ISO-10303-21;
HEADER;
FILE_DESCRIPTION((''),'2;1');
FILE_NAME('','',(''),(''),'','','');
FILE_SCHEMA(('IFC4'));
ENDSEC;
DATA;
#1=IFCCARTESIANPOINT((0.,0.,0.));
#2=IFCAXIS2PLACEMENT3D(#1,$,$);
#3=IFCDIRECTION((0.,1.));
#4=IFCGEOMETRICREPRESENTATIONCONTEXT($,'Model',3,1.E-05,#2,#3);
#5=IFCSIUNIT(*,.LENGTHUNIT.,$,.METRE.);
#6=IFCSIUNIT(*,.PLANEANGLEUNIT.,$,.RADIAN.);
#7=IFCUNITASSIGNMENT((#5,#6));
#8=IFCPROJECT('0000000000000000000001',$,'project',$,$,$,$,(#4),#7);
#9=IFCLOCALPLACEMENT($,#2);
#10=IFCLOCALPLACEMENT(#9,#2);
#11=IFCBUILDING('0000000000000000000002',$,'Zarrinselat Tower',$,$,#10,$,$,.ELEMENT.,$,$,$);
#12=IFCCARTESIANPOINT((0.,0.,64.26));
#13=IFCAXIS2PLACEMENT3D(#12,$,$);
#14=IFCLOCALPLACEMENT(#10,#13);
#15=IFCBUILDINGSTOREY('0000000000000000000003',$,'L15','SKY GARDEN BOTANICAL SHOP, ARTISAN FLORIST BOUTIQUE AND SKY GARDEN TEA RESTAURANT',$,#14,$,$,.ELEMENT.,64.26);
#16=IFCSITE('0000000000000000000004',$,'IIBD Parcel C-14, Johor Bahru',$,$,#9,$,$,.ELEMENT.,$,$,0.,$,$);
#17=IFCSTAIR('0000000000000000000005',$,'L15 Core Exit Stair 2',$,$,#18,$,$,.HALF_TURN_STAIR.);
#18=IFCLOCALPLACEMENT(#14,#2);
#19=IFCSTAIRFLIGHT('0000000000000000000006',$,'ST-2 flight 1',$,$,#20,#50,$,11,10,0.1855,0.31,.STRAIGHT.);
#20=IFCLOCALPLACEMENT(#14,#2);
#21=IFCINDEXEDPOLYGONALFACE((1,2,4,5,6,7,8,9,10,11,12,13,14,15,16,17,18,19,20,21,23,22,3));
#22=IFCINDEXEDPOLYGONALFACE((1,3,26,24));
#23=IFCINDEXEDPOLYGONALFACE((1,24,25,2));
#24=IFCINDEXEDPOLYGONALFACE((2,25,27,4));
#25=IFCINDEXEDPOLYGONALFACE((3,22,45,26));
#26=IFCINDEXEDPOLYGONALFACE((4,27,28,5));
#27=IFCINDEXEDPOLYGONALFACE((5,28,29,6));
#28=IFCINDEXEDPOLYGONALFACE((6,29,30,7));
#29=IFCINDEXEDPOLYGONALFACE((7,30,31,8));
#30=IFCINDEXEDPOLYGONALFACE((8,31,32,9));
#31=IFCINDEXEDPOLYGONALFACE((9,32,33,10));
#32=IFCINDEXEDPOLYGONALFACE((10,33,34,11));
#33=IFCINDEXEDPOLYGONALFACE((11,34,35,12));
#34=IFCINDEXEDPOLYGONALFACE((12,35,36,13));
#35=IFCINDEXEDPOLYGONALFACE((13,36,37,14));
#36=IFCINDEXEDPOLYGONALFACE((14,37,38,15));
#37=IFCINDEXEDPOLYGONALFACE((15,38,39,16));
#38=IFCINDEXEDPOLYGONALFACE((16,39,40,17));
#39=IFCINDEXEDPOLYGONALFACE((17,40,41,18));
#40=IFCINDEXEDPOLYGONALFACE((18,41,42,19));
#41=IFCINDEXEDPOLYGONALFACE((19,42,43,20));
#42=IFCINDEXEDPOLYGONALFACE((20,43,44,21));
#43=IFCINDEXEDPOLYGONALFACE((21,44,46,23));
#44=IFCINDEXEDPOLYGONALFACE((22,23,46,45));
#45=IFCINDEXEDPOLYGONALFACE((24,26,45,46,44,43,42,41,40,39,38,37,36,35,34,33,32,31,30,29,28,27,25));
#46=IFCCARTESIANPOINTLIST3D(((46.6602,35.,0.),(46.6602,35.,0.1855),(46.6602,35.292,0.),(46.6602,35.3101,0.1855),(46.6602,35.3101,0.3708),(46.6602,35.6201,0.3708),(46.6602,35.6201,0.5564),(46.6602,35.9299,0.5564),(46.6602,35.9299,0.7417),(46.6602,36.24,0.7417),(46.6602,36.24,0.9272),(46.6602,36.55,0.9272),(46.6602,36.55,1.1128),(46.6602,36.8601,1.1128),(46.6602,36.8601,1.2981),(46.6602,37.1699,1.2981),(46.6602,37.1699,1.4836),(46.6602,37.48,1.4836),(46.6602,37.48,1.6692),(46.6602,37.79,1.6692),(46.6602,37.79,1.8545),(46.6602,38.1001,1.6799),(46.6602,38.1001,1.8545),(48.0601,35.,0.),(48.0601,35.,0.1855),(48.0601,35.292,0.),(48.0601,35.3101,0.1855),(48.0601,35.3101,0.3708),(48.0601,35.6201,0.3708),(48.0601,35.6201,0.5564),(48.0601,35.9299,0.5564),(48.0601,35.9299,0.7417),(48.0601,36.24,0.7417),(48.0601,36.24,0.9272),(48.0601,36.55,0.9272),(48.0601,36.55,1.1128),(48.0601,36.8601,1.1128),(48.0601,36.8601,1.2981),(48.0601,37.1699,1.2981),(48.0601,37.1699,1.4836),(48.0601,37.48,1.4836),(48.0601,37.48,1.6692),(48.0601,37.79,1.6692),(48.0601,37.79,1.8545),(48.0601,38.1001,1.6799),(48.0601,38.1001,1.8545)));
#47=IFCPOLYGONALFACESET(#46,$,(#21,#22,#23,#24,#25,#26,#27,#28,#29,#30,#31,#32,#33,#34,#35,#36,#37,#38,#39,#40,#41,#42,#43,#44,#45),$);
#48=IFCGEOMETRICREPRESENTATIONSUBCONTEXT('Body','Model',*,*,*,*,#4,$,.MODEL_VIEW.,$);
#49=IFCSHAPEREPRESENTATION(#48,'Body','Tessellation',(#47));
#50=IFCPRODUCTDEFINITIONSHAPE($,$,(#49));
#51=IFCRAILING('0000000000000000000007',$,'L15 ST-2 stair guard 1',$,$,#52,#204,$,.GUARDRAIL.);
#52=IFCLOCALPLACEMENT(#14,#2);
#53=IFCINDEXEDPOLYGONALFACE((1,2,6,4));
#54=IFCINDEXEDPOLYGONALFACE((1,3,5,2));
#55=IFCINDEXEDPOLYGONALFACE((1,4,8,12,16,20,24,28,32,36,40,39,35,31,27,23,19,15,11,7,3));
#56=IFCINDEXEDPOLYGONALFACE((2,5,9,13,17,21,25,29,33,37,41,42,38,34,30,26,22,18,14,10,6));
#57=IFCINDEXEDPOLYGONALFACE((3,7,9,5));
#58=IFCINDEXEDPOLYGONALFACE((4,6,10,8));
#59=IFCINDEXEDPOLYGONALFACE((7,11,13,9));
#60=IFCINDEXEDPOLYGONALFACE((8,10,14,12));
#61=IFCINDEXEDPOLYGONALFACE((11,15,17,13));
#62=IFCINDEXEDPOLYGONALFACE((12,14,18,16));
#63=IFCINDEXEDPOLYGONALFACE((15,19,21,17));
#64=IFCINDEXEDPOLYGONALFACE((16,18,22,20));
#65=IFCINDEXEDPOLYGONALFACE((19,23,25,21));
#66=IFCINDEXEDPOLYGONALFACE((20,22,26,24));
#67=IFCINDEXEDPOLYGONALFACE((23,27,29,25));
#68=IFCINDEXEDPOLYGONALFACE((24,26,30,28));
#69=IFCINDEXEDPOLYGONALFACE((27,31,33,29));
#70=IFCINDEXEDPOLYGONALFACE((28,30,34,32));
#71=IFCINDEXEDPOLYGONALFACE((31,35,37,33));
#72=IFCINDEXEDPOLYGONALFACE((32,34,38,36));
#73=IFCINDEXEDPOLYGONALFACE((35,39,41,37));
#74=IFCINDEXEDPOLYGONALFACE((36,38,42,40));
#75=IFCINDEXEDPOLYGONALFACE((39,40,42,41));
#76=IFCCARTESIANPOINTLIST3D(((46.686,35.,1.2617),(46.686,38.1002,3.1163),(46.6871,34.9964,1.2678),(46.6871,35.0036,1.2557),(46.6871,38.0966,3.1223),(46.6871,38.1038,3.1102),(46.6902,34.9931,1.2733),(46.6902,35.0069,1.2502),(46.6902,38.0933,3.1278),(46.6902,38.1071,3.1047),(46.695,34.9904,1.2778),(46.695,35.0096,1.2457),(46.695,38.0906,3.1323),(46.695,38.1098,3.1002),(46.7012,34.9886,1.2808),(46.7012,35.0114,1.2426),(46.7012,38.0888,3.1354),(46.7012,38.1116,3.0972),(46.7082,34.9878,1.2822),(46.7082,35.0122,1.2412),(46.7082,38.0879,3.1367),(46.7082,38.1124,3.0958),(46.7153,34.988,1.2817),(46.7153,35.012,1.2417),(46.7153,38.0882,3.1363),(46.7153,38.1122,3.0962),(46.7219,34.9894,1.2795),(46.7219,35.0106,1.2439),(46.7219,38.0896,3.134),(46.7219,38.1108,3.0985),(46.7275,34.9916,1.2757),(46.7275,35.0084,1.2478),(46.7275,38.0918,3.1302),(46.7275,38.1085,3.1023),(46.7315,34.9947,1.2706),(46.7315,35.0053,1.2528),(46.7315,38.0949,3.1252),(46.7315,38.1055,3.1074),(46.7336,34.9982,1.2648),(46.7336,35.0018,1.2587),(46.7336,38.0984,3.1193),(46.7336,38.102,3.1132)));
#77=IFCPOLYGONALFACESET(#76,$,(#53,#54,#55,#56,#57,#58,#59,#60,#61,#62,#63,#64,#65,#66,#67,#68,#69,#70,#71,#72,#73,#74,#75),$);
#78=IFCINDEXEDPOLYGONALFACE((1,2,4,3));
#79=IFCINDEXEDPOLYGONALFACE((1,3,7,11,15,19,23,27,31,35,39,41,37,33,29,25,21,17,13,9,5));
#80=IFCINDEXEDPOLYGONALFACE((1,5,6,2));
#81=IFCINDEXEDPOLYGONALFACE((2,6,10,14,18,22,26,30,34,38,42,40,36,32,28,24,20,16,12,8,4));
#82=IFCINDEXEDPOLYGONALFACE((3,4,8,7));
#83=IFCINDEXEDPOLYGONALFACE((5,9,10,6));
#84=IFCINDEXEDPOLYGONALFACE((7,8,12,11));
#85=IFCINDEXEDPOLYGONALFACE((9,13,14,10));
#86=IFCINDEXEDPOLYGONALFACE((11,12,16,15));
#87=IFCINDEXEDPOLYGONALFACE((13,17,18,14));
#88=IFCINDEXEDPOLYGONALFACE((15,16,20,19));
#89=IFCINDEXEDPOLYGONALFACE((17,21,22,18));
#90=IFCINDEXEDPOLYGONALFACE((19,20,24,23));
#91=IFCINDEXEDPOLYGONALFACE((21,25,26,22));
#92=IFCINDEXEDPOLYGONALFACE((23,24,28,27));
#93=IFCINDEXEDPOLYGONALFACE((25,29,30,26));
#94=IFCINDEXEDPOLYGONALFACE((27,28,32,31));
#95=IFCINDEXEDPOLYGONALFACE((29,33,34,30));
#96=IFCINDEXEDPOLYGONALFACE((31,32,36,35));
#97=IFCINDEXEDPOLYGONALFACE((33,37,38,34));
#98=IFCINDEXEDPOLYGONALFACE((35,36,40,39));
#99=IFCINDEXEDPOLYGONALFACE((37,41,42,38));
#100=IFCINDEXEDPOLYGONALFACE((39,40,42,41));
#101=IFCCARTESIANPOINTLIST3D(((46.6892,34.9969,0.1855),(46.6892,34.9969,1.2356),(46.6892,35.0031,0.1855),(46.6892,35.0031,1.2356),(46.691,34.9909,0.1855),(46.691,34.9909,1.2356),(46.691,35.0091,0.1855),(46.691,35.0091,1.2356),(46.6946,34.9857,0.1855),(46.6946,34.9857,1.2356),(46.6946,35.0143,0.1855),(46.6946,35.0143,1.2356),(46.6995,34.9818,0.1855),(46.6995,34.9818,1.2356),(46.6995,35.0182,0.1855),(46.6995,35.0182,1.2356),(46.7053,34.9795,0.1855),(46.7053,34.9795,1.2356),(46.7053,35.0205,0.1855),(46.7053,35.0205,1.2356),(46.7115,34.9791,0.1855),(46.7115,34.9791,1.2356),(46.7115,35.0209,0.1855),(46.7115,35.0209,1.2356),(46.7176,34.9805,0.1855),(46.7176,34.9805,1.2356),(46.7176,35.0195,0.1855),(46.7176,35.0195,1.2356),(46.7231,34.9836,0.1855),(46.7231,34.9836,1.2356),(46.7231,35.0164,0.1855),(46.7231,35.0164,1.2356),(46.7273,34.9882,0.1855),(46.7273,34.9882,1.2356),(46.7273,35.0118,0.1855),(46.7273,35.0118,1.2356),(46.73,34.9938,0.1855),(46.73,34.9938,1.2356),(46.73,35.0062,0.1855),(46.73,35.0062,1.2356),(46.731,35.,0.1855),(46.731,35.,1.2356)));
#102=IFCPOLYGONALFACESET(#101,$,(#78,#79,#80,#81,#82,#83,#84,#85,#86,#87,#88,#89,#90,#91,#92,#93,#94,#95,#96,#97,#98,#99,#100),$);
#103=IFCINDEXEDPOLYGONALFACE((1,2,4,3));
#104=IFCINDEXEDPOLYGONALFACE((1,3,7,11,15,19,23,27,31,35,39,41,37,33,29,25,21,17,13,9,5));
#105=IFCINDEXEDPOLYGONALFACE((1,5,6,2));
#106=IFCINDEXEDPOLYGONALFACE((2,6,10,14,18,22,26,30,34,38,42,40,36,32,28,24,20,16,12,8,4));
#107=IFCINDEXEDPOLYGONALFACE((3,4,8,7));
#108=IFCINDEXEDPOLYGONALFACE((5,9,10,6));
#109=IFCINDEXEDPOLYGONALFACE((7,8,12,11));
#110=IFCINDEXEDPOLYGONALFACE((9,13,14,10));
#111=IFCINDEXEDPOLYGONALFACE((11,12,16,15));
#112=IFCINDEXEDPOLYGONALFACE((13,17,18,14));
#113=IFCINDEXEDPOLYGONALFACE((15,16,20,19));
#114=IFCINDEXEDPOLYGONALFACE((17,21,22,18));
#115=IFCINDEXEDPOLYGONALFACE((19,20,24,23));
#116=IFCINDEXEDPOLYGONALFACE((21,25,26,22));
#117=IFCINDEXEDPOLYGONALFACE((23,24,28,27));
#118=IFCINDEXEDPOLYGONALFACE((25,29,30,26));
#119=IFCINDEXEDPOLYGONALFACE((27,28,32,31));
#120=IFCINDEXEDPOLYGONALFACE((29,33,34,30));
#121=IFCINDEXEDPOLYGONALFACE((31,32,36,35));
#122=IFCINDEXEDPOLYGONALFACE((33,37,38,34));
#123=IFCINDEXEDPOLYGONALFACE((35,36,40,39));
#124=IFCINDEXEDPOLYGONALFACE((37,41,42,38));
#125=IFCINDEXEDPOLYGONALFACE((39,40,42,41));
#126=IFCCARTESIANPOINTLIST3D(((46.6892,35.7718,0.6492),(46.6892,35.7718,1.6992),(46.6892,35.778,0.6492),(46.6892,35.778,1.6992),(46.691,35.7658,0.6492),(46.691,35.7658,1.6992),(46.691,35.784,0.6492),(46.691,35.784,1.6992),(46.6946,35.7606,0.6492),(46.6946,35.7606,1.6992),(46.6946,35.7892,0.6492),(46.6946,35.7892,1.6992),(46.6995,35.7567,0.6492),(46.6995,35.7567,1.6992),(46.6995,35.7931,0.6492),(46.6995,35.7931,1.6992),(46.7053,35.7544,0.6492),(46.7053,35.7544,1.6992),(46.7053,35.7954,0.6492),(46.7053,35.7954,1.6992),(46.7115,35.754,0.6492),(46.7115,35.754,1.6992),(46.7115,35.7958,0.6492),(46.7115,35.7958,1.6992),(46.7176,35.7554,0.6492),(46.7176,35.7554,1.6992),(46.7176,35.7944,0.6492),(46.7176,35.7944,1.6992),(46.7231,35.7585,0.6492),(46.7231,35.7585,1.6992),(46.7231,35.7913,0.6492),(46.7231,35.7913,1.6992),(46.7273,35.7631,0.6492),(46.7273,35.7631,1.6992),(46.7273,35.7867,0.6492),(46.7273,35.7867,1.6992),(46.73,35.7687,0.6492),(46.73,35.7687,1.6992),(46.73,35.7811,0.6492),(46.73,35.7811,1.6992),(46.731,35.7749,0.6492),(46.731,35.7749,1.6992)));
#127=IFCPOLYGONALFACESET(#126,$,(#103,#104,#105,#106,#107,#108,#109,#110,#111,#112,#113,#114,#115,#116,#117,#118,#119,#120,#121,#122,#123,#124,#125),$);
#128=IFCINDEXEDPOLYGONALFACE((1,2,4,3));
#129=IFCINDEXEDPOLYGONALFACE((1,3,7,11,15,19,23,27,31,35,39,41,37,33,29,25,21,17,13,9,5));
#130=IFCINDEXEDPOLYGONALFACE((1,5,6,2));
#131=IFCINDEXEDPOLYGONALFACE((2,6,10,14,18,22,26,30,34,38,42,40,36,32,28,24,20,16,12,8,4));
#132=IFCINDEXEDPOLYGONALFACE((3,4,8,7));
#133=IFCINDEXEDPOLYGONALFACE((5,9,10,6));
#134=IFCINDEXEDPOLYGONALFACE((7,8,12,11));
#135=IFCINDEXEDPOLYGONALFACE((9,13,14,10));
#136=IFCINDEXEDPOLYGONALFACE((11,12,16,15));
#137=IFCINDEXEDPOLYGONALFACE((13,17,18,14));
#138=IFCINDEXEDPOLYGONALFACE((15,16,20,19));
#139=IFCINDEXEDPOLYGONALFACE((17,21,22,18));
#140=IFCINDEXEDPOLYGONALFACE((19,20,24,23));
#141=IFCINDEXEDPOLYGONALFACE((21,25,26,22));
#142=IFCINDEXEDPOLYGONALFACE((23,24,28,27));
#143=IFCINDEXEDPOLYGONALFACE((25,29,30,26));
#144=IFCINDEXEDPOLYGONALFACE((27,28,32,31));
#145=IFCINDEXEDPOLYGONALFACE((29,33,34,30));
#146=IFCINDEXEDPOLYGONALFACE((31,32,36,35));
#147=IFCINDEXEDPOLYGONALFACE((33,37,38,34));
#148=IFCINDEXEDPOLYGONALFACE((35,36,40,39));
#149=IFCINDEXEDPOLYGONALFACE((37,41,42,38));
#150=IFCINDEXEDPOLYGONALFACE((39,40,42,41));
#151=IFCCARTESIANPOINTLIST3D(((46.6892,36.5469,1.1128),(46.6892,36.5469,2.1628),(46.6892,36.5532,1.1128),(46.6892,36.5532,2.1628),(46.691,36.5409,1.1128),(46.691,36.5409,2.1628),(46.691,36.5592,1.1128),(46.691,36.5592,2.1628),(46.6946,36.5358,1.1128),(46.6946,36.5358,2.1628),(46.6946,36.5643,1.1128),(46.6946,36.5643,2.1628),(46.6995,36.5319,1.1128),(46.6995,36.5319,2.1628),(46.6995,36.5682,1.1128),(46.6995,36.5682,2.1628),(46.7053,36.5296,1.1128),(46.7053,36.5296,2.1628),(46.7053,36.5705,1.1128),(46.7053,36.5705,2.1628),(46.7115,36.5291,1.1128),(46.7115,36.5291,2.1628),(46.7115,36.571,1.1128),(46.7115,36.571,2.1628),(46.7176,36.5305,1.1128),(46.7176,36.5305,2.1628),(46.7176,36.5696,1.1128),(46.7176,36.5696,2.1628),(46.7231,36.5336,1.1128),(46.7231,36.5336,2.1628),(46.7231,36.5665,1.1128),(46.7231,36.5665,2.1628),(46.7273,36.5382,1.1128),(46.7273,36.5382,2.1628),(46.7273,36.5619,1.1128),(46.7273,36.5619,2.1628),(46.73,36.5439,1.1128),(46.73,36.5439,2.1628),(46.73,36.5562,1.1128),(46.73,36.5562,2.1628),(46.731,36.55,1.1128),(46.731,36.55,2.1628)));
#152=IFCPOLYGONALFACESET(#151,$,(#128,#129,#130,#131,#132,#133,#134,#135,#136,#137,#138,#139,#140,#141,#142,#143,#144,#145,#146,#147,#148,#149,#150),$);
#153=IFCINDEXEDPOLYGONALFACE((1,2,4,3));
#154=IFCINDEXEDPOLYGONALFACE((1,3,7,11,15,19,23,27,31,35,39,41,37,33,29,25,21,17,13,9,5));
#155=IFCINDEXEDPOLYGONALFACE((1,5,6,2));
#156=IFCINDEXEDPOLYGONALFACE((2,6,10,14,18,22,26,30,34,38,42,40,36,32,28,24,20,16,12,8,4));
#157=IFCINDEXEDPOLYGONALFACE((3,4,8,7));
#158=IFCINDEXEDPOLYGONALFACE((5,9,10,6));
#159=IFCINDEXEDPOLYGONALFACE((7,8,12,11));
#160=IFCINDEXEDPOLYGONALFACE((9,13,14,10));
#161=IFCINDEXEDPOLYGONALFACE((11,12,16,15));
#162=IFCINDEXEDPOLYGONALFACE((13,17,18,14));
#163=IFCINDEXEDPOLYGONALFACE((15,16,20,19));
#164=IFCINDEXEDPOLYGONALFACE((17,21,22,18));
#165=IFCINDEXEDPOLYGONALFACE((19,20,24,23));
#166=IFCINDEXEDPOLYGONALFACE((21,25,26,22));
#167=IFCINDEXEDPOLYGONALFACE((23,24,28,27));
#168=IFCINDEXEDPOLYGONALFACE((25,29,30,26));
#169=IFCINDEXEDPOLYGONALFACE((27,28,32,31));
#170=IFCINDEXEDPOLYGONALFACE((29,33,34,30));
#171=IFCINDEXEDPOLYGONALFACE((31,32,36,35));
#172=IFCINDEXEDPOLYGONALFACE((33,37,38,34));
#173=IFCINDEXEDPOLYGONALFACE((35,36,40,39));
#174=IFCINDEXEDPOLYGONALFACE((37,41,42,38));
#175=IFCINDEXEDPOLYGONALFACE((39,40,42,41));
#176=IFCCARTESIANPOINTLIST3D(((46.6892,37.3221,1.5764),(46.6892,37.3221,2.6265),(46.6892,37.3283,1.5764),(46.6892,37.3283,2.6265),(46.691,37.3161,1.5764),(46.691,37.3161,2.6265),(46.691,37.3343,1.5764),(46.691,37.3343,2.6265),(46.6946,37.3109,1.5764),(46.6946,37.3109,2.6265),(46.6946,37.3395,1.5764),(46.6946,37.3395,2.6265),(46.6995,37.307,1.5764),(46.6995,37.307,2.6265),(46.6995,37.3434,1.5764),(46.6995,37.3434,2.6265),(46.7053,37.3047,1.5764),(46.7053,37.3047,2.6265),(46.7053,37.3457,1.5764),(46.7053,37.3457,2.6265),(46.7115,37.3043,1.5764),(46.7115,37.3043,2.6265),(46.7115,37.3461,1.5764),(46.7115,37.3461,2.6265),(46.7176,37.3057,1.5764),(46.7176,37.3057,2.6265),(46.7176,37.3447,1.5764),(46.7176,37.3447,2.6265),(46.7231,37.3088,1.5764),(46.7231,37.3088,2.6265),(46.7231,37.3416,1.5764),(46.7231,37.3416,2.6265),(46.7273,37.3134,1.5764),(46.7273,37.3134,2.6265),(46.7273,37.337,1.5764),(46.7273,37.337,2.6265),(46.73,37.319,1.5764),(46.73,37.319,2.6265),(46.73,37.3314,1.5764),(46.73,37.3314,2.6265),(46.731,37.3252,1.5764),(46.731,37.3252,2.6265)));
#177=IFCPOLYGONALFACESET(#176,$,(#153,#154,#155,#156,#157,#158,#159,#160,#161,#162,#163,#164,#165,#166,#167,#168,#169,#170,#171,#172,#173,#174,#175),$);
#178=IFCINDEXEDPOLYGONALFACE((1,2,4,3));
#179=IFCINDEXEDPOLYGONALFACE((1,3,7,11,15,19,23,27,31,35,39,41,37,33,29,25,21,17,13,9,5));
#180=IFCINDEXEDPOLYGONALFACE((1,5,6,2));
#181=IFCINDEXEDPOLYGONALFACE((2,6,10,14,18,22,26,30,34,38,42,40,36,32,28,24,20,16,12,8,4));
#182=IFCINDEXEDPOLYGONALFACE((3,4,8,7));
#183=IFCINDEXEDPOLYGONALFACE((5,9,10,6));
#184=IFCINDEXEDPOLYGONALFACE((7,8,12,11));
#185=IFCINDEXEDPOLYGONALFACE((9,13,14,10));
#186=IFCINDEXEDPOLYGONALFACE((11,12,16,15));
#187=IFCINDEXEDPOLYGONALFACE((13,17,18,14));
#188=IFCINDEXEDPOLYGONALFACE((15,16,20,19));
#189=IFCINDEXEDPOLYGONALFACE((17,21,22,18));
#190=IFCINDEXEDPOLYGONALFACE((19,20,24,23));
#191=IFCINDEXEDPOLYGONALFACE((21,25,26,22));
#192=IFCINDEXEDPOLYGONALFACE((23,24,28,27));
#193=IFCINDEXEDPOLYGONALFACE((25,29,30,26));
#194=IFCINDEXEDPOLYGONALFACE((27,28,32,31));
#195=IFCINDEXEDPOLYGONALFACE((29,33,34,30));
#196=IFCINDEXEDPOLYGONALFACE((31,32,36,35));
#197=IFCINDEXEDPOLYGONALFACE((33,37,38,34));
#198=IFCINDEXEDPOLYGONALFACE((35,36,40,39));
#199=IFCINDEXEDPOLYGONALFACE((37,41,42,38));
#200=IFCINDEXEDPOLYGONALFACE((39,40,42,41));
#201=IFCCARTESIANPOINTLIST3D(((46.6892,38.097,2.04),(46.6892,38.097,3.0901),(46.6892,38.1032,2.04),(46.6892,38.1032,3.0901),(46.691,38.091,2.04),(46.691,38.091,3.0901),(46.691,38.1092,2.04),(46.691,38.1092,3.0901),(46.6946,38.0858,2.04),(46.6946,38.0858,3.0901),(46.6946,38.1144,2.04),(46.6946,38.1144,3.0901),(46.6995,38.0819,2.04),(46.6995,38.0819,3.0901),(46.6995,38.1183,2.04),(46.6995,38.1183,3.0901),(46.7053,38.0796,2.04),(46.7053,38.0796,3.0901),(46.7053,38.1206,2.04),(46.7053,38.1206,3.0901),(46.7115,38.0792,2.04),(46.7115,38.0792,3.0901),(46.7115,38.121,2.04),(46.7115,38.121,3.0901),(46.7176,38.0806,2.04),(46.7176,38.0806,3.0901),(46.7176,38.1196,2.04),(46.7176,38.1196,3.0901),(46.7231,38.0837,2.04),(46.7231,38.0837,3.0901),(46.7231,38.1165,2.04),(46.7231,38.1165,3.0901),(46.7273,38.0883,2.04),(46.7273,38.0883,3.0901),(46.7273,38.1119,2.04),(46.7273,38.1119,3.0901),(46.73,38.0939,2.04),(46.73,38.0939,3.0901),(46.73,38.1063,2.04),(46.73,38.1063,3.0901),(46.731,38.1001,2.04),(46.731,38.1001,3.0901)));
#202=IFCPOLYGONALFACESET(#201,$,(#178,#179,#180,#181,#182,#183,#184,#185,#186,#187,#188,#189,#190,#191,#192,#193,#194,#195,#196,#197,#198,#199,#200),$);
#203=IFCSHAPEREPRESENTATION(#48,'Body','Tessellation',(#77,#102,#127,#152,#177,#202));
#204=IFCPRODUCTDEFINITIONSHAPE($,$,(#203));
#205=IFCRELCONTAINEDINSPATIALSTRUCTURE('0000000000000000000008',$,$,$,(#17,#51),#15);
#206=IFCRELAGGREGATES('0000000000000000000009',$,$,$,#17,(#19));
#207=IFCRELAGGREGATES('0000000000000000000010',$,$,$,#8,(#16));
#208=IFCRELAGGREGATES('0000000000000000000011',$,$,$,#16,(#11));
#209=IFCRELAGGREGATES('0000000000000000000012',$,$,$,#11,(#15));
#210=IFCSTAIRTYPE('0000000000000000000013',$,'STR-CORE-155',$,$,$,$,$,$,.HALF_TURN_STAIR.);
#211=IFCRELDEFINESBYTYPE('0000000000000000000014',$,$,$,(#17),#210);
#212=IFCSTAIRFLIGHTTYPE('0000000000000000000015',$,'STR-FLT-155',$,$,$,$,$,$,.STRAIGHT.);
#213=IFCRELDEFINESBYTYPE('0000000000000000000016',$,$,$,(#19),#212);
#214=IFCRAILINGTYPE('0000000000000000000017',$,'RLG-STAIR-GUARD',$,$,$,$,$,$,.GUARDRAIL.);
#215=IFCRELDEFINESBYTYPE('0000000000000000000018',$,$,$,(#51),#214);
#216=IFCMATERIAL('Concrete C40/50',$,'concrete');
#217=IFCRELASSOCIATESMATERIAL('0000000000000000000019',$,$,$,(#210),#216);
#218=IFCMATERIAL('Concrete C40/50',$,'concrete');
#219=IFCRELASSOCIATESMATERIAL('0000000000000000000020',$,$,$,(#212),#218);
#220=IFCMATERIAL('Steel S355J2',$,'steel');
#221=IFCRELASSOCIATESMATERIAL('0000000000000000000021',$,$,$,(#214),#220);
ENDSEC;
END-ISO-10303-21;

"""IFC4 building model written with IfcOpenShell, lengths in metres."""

from ifc_helpers import new_model, si_unit, direction, frame, origin, origin_2d, place, context, subcontext, project, spatial, polyline, circle, outline, extrude, material, type_object, element, aggregate, save


model = new_model("IFC4")

# Units and contexts
model_context = context("Model", 3, precision=1e-05, world=origin(), true_north=direction((0.0, 1.0)))
body_context = subcontext(model_context, "Body", "Model", "MODEL_VIEW")
ifc_project = project(units=[si_unit("LENGTHUNIT", "METRE"), si_unit("PLANEANGLEUNIT", "RADIAN")], contexts=[model_context])

# Site, building, storey
site_placement = place(None, origin())
site = spatial("IfcSite", under=ifc_project, at=site_placement, Name="IIBD Parcel C-14, Johor Bahru", CompositionType="ELEMENT", RefElevation=0.0)
building_placement = place(site_placement, origin())
building = spatial("IfcBuilding", under=site, at=building_placement, Name="Zarrinselat Tower", CompositionType="ELEMENT")
storey_placement = place(building_placement, frame((0.0, 0.0, 64.26)))
storey = spatial("IfcBuildingStorey", under=building, at=storey_placement, Name="L15", Description="SKY GARDEN BOTANICAL SHOP, ARTISAN FLORIST BOUTIQUE AND SKY GARDEN TEA RESTAURANT", CompositionType="ELEMENT", Elevation=64.26)

# Stair, stair flight
ifc_material_1 = material(Name="Concrete C40/50", Category="concrete")
stair_type = type_object("IfcStairType", Name="STR-CORE-155", PredefinedType="HALF_TURN_STAIR", material=ifc_material_1)
stair_placement = place(storey_placement, origin())
stair = element("IfcStair", 1, at=stair_placement, inside=storey, type_object=stair_type, Name="L15 Core Exit Stair 2", PredefinedType="HALF_TURN_STAIR")
ifc_material_2 = material(Name="Concrete C40/50", Category="concrete")
stair_flight_type = type_object("IfcStairFlightType", Name="STR-FLT-155", PredefinedType="STRAIGHT", material=ifc_material_2)
stair_flight_placement = place(storey_placement, frame((47.3601, 35.0, 0.0), z_axis=(0.0, 0.0, 1.0), x_axis=(0.0, 1.0, 0.0)))
stair_flight = element("IfcStairFlight", 2, at=stair_flight_placement, type_object=stair_flight_type, Name="ST-2 flight 1", NumberOfRisers=11, NumberOfTreads=10, PredefinedType="STRAIGHT", RiserHeight=0.1855, TreadLength=0.31, context=body_context, shape_type="SweptSolid", body=[
    extrude(outline(polyline([(0.0, 0.0), (0.0, 0.1855), (0.3101, 0.1855), (0.3101, 0.3708), (0.6201, 0.3708), (0.6201, 0.5564), (0.9299, 0.5564), (0.9299, 0.7417), (1.24, 0.7417), (1.24, 0.9272), (1.55, 0.9272), (1.55, 1.1128), (1.8601, 1.1128), (1.8601, 1.2981), (2.1699, 1.2981), (2.1699, 1.4836), (2.48, 1.4836), (2.48, 1.6692), (2.79, 1.6692), (2.79, 1.8545), (3.1001, 1.8545), (3.1001, 2.04), (3.1001, 1.6799), (0.292, 0.0), (0.0, 0.0)])), frame((0.0, 0.7, 0.0), z_axis=(0.0, -1.0, 0.0), x_axis=(1.0, 0.0, 0.0)), (0.0, 0.0, 1.0), 1.3999),
])
aggregate(stair, [stair_flight])

# Railing
ifc_material_3 = material(Name="Steel S355J2", Category="steel")
railing_type_1 = type_object("IfcRailingType", Name="RLG-STAIR-GUARD", PredefinedType="GUARDRAIL", material=ifc_material_3)
railing_1_placement = place(storey_placement, frame((46.71, 35.0, 0.1855)))
element("IfcRailing", 3, at=railing_1_placement, inside=storey, type_object=railing_type_1, Name="L15 ST-2 stair guard 1", PredefinedType="GUARDRAIL", context=body_context, shape_type="SweptSolid", body=[
    extrude(circle(Radius=0.0239, at=origin_2d()), frame((0.0, 0.0, 1.0762), z_axis=(0.0, 0.858172, 0.513362), x_axis=(-1.0, 0.0, 0.0)), (0.0, 0.0, 1.0), 3.6125),
    extrude(circle(Radius=0.021, at=origin_2d()), origin(), (0.0, 0.0, 1.0), 1.05),
    extrude(circle(Radius=0.021, at=origin_2d()), frame((0.0, 0.7749, 0.4636)), (0.0, 0.0, 1.0), 1.05),
    extrude(circle(Radius=0.021, at=origin_2d()), frame((0.0, 1.55, 0.9272)), (0.0, 0.0, 1.0), 1.05),
    extrude(circle(Radius=0.021, at=origin_2d()), frame((0.0, 2.3252, 1.3909)), (0.0, 0.0, 1.0), 1.05),
    extrude(circle(Radius=0.021, at=origin_2d()), frame((0.0, 3.1001, 1.8545)), (0.0, 0.0, 1.0), 1.05),
])

save(model, "model.ifc")
